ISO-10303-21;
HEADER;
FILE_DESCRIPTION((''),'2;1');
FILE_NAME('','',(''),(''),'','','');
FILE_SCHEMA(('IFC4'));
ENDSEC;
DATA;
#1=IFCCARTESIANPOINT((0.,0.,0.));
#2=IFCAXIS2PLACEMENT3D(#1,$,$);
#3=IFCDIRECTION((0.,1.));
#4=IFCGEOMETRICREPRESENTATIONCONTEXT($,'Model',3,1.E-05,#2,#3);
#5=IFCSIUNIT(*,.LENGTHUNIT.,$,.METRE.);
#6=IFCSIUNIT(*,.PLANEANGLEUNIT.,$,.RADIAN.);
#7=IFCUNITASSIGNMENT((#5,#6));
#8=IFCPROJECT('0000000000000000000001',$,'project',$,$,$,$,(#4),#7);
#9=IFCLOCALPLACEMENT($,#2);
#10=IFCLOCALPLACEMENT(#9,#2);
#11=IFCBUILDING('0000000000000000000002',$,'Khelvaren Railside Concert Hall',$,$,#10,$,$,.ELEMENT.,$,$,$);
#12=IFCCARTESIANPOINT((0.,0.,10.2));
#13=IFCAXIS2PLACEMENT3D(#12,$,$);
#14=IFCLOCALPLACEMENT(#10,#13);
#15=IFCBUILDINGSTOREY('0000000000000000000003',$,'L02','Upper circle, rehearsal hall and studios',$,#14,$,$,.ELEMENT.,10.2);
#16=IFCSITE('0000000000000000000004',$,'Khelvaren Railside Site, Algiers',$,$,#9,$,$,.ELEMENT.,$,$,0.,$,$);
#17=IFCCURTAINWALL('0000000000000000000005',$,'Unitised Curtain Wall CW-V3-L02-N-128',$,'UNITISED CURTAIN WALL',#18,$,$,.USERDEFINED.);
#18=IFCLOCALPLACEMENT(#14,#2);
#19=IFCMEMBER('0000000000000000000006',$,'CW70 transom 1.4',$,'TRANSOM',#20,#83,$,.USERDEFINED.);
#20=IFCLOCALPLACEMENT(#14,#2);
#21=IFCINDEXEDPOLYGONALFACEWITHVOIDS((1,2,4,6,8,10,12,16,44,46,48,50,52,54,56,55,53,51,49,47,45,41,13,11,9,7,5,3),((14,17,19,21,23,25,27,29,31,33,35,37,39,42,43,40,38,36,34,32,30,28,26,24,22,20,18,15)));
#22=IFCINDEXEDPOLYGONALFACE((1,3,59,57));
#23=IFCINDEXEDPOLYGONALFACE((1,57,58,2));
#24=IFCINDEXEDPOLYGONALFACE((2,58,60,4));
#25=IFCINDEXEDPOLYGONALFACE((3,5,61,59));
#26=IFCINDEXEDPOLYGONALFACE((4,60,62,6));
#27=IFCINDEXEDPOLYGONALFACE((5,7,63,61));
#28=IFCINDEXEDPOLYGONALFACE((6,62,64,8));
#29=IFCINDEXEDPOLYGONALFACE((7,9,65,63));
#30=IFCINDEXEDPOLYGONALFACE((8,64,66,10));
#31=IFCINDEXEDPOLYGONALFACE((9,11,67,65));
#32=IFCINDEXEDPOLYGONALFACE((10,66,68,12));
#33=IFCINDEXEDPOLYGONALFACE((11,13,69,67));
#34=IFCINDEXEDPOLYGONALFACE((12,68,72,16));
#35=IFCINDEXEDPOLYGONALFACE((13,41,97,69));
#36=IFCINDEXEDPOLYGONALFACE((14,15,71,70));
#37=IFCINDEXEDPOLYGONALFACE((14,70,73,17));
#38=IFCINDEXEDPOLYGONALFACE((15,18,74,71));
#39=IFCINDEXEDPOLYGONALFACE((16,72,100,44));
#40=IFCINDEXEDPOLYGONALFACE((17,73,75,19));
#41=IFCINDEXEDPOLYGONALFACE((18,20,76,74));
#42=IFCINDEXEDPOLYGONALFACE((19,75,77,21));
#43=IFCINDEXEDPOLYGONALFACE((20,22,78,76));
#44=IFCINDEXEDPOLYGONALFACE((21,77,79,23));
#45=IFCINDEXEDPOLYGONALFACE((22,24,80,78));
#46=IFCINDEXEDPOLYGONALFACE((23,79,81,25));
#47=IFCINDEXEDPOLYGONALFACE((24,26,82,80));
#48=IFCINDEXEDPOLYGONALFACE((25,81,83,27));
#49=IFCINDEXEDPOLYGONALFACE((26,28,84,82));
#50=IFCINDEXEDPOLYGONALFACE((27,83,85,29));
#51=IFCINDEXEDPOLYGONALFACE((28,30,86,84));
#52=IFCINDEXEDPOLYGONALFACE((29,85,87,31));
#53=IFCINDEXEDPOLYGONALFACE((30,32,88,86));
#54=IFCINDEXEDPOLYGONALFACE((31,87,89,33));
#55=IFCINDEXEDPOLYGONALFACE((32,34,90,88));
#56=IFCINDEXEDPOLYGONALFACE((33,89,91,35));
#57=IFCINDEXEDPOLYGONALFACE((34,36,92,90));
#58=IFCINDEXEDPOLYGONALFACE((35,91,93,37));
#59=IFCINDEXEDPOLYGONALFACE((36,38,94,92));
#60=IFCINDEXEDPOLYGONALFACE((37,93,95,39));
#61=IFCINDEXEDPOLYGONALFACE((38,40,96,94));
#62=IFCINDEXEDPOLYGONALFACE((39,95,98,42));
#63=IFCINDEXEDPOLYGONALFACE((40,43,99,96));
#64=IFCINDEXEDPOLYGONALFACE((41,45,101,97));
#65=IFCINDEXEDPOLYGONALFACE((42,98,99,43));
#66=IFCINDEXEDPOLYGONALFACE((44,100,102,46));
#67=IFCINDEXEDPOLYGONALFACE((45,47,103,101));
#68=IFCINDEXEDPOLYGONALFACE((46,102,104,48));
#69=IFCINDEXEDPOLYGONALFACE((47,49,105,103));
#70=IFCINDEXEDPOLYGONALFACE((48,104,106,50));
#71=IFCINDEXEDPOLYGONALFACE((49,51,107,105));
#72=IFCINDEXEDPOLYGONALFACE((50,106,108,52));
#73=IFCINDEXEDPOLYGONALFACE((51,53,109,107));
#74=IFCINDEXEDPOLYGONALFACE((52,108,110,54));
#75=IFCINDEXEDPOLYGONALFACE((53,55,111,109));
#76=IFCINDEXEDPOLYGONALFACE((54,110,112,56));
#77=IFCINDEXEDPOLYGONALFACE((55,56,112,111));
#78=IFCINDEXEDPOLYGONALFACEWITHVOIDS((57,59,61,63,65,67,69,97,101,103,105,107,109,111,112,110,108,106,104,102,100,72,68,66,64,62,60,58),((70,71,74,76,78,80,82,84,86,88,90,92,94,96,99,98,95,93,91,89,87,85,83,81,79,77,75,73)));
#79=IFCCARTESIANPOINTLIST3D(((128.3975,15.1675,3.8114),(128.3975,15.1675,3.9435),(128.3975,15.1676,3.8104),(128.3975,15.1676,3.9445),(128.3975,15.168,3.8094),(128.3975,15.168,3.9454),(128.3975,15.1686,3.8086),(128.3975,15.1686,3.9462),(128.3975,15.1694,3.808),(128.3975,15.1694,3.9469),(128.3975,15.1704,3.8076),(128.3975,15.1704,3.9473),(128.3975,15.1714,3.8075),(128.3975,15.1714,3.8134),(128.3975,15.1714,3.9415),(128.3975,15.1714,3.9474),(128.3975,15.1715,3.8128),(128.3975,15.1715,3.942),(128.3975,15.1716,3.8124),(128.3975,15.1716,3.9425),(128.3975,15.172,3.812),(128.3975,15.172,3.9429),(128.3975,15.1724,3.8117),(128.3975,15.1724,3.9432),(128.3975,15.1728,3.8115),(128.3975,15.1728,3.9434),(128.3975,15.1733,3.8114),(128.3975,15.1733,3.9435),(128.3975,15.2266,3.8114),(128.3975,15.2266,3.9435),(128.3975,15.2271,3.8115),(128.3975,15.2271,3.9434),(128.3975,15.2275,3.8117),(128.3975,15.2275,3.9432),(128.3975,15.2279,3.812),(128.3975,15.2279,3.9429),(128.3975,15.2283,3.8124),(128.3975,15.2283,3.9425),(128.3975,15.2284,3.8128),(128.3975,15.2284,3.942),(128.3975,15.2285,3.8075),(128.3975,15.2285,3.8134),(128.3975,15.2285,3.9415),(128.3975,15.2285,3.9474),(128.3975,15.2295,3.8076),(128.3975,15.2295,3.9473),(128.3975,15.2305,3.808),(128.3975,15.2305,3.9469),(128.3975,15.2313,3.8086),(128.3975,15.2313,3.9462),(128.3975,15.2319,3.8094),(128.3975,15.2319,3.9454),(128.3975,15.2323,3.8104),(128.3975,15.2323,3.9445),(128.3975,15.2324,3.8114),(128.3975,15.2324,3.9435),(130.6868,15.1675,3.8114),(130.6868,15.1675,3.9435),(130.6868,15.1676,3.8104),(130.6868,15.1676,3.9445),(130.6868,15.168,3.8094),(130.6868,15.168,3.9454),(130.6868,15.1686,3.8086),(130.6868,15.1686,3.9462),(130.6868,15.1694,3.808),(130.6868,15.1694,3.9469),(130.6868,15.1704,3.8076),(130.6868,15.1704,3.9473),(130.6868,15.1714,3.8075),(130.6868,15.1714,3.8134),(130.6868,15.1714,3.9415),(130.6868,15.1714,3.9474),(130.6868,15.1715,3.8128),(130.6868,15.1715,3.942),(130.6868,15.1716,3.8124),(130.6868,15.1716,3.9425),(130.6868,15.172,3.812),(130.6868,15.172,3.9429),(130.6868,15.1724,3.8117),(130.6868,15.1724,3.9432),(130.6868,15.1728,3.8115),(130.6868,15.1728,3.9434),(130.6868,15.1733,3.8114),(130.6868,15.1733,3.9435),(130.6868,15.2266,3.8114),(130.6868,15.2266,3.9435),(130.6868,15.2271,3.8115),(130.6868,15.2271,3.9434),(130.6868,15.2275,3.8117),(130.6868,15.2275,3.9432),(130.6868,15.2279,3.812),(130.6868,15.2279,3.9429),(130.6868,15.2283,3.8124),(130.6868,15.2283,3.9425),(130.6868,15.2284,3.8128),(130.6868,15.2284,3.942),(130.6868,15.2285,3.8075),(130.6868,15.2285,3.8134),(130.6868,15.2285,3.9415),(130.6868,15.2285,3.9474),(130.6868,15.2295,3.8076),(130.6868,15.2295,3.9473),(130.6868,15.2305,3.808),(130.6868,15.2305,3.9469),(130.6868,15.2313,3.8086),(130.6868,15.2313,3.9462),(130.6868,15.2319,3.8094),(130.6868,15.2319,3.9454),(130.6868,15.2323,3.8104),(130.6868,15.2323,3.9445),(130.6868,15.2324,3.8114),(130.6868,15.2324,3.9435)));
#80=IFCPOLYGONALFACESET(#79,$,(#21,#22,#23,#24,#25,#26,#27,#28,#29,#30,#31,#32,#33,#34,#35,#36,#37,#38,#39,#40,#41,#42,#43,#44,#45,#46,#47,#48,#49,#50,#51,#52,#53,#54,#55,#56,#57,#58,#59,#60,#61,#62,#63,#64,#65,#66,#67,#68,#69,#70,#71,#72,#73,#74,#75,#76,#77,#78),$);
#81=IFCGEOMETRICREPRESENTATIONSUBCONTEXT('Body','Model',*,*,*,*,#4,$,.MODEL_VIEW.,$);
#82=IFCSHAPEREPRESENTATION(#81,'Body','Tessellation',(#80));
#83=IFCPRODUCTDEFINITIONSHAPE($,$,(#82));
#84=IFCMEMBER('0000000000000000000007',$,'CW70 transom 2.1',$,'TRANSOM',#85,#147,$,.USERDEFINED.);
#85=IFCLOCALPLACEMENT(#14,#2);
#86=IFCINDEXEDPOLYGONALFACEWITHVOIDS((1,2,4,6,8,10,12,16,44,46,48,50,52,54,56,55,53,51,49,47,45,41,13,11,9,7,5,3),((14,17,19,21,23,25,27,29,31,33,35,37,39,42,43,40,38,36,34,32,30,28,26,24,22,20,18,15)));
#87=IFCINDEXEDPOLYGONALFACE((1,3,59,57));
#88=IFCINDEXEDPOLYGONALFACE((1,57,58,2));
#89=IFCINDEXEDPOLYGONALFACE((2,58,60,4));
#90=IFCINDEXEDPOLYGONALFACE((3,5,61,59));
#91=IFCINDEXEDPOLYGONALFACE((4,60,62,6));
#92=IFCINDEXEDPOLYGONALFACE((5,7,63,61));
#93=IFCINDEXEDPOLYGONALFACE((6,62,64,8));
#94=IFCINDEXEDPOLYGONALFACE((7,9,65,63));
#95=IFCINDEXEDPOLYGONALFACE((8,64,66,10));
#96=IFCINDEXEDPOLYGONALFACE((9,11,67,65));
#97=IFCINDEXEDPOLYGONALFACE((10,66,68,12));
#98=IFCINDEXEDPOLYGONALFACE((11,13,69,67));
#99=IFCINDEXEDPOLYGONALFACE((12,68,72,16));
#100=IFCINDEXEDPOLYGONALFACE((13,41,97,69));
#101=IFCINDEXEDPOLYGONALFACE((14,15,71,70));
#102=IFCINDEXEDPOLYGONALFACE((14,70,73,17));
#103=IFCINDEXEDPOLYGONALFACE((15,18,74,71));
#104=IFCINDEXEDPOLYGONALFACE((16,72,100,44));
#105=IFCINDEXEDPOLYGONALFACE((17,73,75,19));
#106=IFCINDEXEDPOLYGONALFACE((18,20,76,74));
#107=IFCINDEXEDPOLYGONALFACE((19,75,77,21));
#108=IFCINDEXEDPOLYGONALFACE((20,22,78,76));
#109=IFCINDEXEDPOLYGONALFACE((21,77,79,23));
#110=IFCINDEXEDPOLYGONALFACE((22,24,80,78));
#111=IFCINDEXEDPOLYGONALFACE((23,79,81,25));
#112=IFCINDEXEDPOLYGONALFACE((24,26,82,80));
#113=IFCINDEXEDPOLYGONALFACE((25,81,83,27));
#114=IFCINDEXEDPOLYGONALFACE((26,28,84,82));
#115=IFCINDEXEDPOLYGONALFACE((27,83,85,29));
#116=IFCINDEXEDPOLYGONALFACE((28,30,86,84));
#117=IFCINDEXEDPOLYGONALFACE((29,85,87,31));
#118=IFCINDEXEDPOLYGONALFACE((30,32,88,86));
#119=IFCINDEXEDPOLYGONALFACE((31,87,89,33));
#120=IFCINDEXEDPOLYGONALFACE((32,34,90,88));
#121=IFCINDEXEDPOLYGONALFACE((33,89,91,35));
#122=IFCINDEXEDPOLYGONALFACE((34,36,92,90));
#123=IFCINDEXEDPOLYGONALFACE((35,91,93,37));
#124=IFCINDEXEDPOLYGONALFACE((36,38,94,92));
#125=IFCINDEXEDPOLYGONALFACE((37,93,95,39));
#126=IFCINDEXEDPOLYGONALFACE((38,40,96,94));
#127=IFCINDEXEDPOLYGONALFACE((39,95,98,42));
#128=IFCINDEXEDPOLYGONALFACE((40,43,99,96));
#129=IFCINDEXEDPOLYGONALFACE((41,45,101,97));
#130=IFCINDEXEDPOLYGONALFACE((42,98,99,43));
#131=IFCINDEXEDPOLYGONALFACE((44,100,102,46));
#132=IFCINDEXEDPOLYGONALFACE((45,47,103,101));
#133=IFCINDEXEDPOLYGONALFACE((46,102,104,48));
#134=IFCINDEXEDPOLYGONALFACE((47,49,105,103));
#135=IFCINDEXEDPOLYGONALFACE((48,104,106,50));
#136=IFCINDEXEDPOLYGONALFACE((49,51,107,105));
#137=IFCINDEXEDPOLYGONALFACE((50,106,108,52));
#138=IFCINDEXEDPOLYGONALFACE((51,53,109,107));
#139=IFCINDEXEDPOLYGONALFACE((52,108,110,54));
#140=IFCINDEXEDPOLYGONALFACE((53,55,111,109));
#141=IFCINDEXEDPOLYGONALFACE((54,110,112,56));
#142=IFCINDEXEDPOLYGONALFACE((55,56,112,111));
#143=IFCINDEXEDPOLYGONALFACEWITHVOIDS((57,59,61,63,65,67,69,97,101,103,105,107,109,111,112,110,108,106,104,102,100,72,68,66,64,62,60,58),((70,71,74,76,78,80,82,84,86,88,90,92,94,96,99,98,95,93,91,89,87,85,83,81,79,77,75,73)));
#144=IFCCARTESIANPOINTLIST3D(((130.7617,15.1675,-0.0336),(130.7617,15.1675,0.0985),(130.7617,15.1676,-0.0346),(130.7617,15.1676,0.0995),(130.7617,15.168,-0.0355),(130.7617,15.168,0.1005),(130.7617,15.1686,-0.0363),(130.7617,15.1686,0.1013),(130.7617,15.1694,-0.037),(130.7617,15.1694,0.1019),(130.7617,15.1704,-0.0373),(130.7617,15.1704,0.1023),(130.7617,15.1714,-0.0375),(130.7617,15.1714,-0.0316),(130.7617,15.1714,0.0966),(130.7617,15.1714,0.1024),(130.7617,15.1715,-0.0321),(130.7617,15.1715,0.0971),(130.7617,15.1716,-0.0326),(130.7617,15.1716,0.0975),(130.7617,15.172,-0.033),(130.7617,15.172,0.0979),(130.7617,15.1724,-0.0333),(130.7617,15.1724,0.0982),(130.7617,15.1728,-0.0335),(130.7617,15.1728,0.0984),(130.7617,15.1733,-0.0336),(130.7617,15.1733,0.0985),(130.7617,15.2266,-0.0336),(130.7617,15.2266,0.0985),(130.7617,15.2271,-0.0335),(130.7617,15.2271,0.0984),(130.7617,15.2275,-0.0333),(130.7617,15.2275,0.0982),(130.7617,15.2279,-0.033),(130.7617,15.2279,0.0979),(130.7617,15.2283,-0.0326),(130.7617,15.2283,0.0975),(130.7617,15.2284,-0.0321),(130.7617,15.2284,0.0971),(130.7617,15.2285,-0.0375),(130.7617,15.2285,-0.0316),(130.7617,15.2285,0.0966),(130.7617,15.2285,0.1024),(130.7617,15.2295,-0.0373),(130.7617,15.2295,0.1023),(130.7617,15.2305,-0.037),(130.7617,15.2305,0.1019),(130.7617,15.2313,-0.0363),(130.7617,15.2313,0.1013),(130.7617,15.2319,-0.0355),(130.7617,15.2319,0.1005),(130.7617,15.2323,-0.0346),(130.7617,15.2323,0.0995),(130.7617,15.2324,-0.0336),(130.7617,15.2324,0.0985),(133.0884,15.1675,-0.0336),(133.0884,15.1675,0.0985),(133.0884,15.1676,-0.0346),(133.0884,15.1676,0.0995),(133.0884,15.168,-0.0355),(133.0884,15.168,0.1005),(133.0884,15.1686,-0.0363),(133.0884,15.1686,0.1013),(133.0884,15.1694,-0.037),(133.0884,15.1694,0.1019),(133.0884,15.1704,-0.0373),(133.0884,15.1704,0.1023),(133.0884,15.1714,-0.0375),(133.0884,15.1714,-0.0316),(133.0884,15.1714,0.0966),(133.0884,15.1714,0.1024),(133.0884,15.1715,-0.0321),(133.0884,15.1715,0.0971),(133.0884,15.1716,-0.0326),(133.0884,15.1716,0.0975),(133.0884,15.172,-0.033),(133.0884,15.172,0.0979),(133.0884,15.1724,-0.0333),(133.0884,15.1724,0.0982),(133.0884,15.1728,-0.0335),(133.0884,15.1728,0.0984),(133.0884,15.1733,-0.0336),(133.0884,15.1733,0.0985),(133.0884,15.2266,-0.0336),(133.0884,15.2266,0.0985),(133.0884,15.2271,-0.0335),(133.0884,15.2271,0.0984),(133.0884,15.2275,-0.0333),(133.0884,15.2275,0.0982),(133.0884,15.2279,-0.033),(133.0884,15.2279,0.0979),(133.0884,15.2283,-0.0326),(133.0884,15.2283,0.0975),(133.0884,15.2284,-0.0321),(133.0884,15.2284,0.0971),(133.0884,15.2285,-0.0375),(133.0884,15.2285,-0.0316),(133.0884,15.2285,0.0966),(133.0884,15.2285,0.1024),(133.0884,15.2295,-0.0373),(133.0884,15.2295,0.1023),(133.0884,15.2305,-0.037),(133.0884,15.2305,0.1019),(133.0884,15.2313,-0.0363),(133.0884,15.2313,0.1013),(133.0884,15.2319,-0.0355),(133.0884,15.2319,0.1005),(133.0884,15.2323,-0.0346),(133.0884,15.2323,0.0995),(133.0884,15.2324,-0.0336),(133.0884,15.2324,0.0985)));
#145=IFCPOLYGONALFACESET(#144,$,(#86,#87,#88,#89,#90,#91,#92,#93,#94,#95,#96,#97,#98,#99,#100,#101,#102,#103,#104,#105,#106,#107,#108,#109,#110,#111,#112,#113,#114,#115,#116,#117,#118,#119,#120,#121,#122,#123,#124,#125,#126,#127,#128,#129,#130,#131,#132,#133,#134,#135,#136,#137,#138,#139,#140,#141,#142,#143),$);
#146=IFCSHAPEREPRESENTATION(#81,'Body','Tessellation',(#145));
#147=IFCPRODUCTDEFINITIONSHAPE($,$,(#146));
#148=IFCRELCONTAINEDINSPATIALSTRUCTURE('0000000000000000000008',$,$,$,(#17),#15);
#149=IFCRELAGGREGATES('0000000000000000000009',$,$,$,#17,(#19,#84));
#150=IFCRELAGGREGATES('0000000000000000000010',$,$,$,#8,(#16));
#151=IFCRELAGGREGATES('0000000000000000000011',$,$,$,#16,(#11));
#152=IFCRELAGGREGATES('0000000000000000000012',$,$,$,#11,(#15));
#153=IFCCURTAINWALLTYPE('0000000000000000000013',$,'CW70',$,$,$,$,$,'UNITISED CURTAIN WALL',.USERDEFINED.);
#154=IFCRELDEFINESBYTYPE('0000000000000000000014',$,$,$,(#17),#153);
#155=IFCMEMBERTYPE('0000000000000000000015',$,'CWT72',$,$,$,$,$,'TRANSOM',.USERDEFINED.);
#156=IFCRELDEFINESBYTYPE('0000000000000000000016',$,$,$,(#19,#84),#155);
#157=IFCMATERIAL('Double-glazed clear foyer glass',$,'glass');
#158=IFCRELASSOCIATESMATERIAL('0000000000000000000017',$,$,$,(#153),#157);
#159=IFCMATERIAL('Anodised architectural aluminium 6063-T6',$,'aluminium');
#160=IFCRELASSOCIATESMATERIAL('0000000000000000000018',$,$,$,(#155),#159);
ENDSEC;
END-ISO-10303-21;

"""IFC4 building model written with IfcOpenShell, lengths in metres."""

from ifc_helpers import new_model, si_unit, direction, frame, origin, origin_2d, place, context, subcontext, project, spatial, hollow_rectangle, extrude, material, material_profile, profile_set, type_object, element, aggregate, save


model = new_model("IFC4")

# Units and contexts
model_context = context("Model", 3, precision=1e-05, world=origin(), true_north=direction((0.0, 1.0)))
body_context = subcontext(model_context, "Body", "Model", "MODEL_VIEW")
ifc_project = project(units=[si_unit("LENGTHUNIT", "METRE"), si_unit("PLANEANGLEUNIT", "RADIAN")], contexts=[model_context])

# Site, building, storey
site_placement = place(None, origin())
site = spatial("IfcSite", under=ifc_project, at=site_placement, Name="Khelvaren Railside Site, Algiers", CompositionType="ELEMENT", RefElevation=0.0)
building_placement = place(site_placement, origin())
building = spatial("IfcBuilding", under=site, at=building_placement, Name="Khelvaren Railside Concert Hall", CompositionType="ELEMENT")
storey_placement = place(building_placement, frame((0.0, 0.0, 10.2)))
storey = spatial("IfcBuildingStorey", under=building, at=storey_placement, Name="L02", Description="Upper circle, rehearsal hall and studios", CompositionType="ELEMENT", Elevation=10.2)

# Curtain wall, members
ifc_material_1 = material(Name="Double-glazed clear foyer glass", Category="glass")
curtain_wall_type = type_object("IfcCurtainWallType", Name="CW70", ElementType="UNITISED CURTAIN WALL", PredefinedType="USERDEFINED", material=ifc_material_1)
curtain_wall_placement = place(storey_placement, origin())
curtain_wall = element("IfcCurtainWall", 1, at=curtain_wall_placement, inside=storey, type_object=curtain_wall_type, Name="Unitised Curtain Wall CW-V3-L02-N-128", ObjectType="UNITISED CURTAIN WALL", PredefinedType="USERDEFINED")
ifc_material_2 = material(Name="Anodised architectural aluminium 6063-T6", Category="aluminium")
ifc_material_profile_1 = material_profile(ifc_material_2, hollow_rectangle(XDim=0.0649, YDim=0.1399, WallThickness=0.0039, InnerFilletRadius=0.002, OuterFilletRadius=0.0039, at=origin_2d()), Name="CWT 65x140x4")
ifc_profile_set_1 = profile_set([ifc_material_profile_1], Name="Anodised architectural aluminium 6063-T6")
member_type_1 = type_object("IfcMemberType", Name="CWT72", ElementType="TRANSOM", PredefinedType="USERDEFINED", material=ifc_profile_set_1)
member_1_placement = place(storey_placement, frame((128.3975, 15.2, 3.8774), z_axis=(1.0, 0.0, 0.0), x_axis=(0.0, 1.0, 0.0)))
member_1 = element("IfcMember", 2, at=member_1_placement, type_object=member_type_1, Name="CW70 transom 1.4", ObjectType="TRANSOM", PredefinedType="USERDEFINED", context=body_context, shape_type="SweptSolid", body=[
    extrude(hollow_rectangle(XDim=0.0649, YDim=0.1399, WallThickness=0.0039, InnerFilletRadius=0.002, OuterFilletRadius=0.0039, at=origin_2d()), origin(), (0.0, 0.0, 1.0), 2.2893),
])
member_2_placement = place(storey_placement, frame((130.7617, 15.2, 0.0325), z_axis=(1.0, 0.0, 0.0), x_axis=(0.0, 1.0, 0.0)))
member_2 = element("IfcMember", 3, at=member_2_placement, type_object=member_type_1, Name="CW70 transom 2.1", ObjectType="TRANSOM", PredefinedType="USERDEFINED", context=body_context, shape_type="SweptSolid", body=[
    extrude(hollow_rectangle(XDim=0.0649, YDim=0.1399, WallThickness=0.0039, InnerFilletRadius=0.002, OuterFilletRadius=0.0039, at=origin_2d()), origin(), (0.0, 0.0, 1.0), 2.3267),
])

aggregate(curtain_wall, [member_1, member_2])

save(model, "model.ifc")
